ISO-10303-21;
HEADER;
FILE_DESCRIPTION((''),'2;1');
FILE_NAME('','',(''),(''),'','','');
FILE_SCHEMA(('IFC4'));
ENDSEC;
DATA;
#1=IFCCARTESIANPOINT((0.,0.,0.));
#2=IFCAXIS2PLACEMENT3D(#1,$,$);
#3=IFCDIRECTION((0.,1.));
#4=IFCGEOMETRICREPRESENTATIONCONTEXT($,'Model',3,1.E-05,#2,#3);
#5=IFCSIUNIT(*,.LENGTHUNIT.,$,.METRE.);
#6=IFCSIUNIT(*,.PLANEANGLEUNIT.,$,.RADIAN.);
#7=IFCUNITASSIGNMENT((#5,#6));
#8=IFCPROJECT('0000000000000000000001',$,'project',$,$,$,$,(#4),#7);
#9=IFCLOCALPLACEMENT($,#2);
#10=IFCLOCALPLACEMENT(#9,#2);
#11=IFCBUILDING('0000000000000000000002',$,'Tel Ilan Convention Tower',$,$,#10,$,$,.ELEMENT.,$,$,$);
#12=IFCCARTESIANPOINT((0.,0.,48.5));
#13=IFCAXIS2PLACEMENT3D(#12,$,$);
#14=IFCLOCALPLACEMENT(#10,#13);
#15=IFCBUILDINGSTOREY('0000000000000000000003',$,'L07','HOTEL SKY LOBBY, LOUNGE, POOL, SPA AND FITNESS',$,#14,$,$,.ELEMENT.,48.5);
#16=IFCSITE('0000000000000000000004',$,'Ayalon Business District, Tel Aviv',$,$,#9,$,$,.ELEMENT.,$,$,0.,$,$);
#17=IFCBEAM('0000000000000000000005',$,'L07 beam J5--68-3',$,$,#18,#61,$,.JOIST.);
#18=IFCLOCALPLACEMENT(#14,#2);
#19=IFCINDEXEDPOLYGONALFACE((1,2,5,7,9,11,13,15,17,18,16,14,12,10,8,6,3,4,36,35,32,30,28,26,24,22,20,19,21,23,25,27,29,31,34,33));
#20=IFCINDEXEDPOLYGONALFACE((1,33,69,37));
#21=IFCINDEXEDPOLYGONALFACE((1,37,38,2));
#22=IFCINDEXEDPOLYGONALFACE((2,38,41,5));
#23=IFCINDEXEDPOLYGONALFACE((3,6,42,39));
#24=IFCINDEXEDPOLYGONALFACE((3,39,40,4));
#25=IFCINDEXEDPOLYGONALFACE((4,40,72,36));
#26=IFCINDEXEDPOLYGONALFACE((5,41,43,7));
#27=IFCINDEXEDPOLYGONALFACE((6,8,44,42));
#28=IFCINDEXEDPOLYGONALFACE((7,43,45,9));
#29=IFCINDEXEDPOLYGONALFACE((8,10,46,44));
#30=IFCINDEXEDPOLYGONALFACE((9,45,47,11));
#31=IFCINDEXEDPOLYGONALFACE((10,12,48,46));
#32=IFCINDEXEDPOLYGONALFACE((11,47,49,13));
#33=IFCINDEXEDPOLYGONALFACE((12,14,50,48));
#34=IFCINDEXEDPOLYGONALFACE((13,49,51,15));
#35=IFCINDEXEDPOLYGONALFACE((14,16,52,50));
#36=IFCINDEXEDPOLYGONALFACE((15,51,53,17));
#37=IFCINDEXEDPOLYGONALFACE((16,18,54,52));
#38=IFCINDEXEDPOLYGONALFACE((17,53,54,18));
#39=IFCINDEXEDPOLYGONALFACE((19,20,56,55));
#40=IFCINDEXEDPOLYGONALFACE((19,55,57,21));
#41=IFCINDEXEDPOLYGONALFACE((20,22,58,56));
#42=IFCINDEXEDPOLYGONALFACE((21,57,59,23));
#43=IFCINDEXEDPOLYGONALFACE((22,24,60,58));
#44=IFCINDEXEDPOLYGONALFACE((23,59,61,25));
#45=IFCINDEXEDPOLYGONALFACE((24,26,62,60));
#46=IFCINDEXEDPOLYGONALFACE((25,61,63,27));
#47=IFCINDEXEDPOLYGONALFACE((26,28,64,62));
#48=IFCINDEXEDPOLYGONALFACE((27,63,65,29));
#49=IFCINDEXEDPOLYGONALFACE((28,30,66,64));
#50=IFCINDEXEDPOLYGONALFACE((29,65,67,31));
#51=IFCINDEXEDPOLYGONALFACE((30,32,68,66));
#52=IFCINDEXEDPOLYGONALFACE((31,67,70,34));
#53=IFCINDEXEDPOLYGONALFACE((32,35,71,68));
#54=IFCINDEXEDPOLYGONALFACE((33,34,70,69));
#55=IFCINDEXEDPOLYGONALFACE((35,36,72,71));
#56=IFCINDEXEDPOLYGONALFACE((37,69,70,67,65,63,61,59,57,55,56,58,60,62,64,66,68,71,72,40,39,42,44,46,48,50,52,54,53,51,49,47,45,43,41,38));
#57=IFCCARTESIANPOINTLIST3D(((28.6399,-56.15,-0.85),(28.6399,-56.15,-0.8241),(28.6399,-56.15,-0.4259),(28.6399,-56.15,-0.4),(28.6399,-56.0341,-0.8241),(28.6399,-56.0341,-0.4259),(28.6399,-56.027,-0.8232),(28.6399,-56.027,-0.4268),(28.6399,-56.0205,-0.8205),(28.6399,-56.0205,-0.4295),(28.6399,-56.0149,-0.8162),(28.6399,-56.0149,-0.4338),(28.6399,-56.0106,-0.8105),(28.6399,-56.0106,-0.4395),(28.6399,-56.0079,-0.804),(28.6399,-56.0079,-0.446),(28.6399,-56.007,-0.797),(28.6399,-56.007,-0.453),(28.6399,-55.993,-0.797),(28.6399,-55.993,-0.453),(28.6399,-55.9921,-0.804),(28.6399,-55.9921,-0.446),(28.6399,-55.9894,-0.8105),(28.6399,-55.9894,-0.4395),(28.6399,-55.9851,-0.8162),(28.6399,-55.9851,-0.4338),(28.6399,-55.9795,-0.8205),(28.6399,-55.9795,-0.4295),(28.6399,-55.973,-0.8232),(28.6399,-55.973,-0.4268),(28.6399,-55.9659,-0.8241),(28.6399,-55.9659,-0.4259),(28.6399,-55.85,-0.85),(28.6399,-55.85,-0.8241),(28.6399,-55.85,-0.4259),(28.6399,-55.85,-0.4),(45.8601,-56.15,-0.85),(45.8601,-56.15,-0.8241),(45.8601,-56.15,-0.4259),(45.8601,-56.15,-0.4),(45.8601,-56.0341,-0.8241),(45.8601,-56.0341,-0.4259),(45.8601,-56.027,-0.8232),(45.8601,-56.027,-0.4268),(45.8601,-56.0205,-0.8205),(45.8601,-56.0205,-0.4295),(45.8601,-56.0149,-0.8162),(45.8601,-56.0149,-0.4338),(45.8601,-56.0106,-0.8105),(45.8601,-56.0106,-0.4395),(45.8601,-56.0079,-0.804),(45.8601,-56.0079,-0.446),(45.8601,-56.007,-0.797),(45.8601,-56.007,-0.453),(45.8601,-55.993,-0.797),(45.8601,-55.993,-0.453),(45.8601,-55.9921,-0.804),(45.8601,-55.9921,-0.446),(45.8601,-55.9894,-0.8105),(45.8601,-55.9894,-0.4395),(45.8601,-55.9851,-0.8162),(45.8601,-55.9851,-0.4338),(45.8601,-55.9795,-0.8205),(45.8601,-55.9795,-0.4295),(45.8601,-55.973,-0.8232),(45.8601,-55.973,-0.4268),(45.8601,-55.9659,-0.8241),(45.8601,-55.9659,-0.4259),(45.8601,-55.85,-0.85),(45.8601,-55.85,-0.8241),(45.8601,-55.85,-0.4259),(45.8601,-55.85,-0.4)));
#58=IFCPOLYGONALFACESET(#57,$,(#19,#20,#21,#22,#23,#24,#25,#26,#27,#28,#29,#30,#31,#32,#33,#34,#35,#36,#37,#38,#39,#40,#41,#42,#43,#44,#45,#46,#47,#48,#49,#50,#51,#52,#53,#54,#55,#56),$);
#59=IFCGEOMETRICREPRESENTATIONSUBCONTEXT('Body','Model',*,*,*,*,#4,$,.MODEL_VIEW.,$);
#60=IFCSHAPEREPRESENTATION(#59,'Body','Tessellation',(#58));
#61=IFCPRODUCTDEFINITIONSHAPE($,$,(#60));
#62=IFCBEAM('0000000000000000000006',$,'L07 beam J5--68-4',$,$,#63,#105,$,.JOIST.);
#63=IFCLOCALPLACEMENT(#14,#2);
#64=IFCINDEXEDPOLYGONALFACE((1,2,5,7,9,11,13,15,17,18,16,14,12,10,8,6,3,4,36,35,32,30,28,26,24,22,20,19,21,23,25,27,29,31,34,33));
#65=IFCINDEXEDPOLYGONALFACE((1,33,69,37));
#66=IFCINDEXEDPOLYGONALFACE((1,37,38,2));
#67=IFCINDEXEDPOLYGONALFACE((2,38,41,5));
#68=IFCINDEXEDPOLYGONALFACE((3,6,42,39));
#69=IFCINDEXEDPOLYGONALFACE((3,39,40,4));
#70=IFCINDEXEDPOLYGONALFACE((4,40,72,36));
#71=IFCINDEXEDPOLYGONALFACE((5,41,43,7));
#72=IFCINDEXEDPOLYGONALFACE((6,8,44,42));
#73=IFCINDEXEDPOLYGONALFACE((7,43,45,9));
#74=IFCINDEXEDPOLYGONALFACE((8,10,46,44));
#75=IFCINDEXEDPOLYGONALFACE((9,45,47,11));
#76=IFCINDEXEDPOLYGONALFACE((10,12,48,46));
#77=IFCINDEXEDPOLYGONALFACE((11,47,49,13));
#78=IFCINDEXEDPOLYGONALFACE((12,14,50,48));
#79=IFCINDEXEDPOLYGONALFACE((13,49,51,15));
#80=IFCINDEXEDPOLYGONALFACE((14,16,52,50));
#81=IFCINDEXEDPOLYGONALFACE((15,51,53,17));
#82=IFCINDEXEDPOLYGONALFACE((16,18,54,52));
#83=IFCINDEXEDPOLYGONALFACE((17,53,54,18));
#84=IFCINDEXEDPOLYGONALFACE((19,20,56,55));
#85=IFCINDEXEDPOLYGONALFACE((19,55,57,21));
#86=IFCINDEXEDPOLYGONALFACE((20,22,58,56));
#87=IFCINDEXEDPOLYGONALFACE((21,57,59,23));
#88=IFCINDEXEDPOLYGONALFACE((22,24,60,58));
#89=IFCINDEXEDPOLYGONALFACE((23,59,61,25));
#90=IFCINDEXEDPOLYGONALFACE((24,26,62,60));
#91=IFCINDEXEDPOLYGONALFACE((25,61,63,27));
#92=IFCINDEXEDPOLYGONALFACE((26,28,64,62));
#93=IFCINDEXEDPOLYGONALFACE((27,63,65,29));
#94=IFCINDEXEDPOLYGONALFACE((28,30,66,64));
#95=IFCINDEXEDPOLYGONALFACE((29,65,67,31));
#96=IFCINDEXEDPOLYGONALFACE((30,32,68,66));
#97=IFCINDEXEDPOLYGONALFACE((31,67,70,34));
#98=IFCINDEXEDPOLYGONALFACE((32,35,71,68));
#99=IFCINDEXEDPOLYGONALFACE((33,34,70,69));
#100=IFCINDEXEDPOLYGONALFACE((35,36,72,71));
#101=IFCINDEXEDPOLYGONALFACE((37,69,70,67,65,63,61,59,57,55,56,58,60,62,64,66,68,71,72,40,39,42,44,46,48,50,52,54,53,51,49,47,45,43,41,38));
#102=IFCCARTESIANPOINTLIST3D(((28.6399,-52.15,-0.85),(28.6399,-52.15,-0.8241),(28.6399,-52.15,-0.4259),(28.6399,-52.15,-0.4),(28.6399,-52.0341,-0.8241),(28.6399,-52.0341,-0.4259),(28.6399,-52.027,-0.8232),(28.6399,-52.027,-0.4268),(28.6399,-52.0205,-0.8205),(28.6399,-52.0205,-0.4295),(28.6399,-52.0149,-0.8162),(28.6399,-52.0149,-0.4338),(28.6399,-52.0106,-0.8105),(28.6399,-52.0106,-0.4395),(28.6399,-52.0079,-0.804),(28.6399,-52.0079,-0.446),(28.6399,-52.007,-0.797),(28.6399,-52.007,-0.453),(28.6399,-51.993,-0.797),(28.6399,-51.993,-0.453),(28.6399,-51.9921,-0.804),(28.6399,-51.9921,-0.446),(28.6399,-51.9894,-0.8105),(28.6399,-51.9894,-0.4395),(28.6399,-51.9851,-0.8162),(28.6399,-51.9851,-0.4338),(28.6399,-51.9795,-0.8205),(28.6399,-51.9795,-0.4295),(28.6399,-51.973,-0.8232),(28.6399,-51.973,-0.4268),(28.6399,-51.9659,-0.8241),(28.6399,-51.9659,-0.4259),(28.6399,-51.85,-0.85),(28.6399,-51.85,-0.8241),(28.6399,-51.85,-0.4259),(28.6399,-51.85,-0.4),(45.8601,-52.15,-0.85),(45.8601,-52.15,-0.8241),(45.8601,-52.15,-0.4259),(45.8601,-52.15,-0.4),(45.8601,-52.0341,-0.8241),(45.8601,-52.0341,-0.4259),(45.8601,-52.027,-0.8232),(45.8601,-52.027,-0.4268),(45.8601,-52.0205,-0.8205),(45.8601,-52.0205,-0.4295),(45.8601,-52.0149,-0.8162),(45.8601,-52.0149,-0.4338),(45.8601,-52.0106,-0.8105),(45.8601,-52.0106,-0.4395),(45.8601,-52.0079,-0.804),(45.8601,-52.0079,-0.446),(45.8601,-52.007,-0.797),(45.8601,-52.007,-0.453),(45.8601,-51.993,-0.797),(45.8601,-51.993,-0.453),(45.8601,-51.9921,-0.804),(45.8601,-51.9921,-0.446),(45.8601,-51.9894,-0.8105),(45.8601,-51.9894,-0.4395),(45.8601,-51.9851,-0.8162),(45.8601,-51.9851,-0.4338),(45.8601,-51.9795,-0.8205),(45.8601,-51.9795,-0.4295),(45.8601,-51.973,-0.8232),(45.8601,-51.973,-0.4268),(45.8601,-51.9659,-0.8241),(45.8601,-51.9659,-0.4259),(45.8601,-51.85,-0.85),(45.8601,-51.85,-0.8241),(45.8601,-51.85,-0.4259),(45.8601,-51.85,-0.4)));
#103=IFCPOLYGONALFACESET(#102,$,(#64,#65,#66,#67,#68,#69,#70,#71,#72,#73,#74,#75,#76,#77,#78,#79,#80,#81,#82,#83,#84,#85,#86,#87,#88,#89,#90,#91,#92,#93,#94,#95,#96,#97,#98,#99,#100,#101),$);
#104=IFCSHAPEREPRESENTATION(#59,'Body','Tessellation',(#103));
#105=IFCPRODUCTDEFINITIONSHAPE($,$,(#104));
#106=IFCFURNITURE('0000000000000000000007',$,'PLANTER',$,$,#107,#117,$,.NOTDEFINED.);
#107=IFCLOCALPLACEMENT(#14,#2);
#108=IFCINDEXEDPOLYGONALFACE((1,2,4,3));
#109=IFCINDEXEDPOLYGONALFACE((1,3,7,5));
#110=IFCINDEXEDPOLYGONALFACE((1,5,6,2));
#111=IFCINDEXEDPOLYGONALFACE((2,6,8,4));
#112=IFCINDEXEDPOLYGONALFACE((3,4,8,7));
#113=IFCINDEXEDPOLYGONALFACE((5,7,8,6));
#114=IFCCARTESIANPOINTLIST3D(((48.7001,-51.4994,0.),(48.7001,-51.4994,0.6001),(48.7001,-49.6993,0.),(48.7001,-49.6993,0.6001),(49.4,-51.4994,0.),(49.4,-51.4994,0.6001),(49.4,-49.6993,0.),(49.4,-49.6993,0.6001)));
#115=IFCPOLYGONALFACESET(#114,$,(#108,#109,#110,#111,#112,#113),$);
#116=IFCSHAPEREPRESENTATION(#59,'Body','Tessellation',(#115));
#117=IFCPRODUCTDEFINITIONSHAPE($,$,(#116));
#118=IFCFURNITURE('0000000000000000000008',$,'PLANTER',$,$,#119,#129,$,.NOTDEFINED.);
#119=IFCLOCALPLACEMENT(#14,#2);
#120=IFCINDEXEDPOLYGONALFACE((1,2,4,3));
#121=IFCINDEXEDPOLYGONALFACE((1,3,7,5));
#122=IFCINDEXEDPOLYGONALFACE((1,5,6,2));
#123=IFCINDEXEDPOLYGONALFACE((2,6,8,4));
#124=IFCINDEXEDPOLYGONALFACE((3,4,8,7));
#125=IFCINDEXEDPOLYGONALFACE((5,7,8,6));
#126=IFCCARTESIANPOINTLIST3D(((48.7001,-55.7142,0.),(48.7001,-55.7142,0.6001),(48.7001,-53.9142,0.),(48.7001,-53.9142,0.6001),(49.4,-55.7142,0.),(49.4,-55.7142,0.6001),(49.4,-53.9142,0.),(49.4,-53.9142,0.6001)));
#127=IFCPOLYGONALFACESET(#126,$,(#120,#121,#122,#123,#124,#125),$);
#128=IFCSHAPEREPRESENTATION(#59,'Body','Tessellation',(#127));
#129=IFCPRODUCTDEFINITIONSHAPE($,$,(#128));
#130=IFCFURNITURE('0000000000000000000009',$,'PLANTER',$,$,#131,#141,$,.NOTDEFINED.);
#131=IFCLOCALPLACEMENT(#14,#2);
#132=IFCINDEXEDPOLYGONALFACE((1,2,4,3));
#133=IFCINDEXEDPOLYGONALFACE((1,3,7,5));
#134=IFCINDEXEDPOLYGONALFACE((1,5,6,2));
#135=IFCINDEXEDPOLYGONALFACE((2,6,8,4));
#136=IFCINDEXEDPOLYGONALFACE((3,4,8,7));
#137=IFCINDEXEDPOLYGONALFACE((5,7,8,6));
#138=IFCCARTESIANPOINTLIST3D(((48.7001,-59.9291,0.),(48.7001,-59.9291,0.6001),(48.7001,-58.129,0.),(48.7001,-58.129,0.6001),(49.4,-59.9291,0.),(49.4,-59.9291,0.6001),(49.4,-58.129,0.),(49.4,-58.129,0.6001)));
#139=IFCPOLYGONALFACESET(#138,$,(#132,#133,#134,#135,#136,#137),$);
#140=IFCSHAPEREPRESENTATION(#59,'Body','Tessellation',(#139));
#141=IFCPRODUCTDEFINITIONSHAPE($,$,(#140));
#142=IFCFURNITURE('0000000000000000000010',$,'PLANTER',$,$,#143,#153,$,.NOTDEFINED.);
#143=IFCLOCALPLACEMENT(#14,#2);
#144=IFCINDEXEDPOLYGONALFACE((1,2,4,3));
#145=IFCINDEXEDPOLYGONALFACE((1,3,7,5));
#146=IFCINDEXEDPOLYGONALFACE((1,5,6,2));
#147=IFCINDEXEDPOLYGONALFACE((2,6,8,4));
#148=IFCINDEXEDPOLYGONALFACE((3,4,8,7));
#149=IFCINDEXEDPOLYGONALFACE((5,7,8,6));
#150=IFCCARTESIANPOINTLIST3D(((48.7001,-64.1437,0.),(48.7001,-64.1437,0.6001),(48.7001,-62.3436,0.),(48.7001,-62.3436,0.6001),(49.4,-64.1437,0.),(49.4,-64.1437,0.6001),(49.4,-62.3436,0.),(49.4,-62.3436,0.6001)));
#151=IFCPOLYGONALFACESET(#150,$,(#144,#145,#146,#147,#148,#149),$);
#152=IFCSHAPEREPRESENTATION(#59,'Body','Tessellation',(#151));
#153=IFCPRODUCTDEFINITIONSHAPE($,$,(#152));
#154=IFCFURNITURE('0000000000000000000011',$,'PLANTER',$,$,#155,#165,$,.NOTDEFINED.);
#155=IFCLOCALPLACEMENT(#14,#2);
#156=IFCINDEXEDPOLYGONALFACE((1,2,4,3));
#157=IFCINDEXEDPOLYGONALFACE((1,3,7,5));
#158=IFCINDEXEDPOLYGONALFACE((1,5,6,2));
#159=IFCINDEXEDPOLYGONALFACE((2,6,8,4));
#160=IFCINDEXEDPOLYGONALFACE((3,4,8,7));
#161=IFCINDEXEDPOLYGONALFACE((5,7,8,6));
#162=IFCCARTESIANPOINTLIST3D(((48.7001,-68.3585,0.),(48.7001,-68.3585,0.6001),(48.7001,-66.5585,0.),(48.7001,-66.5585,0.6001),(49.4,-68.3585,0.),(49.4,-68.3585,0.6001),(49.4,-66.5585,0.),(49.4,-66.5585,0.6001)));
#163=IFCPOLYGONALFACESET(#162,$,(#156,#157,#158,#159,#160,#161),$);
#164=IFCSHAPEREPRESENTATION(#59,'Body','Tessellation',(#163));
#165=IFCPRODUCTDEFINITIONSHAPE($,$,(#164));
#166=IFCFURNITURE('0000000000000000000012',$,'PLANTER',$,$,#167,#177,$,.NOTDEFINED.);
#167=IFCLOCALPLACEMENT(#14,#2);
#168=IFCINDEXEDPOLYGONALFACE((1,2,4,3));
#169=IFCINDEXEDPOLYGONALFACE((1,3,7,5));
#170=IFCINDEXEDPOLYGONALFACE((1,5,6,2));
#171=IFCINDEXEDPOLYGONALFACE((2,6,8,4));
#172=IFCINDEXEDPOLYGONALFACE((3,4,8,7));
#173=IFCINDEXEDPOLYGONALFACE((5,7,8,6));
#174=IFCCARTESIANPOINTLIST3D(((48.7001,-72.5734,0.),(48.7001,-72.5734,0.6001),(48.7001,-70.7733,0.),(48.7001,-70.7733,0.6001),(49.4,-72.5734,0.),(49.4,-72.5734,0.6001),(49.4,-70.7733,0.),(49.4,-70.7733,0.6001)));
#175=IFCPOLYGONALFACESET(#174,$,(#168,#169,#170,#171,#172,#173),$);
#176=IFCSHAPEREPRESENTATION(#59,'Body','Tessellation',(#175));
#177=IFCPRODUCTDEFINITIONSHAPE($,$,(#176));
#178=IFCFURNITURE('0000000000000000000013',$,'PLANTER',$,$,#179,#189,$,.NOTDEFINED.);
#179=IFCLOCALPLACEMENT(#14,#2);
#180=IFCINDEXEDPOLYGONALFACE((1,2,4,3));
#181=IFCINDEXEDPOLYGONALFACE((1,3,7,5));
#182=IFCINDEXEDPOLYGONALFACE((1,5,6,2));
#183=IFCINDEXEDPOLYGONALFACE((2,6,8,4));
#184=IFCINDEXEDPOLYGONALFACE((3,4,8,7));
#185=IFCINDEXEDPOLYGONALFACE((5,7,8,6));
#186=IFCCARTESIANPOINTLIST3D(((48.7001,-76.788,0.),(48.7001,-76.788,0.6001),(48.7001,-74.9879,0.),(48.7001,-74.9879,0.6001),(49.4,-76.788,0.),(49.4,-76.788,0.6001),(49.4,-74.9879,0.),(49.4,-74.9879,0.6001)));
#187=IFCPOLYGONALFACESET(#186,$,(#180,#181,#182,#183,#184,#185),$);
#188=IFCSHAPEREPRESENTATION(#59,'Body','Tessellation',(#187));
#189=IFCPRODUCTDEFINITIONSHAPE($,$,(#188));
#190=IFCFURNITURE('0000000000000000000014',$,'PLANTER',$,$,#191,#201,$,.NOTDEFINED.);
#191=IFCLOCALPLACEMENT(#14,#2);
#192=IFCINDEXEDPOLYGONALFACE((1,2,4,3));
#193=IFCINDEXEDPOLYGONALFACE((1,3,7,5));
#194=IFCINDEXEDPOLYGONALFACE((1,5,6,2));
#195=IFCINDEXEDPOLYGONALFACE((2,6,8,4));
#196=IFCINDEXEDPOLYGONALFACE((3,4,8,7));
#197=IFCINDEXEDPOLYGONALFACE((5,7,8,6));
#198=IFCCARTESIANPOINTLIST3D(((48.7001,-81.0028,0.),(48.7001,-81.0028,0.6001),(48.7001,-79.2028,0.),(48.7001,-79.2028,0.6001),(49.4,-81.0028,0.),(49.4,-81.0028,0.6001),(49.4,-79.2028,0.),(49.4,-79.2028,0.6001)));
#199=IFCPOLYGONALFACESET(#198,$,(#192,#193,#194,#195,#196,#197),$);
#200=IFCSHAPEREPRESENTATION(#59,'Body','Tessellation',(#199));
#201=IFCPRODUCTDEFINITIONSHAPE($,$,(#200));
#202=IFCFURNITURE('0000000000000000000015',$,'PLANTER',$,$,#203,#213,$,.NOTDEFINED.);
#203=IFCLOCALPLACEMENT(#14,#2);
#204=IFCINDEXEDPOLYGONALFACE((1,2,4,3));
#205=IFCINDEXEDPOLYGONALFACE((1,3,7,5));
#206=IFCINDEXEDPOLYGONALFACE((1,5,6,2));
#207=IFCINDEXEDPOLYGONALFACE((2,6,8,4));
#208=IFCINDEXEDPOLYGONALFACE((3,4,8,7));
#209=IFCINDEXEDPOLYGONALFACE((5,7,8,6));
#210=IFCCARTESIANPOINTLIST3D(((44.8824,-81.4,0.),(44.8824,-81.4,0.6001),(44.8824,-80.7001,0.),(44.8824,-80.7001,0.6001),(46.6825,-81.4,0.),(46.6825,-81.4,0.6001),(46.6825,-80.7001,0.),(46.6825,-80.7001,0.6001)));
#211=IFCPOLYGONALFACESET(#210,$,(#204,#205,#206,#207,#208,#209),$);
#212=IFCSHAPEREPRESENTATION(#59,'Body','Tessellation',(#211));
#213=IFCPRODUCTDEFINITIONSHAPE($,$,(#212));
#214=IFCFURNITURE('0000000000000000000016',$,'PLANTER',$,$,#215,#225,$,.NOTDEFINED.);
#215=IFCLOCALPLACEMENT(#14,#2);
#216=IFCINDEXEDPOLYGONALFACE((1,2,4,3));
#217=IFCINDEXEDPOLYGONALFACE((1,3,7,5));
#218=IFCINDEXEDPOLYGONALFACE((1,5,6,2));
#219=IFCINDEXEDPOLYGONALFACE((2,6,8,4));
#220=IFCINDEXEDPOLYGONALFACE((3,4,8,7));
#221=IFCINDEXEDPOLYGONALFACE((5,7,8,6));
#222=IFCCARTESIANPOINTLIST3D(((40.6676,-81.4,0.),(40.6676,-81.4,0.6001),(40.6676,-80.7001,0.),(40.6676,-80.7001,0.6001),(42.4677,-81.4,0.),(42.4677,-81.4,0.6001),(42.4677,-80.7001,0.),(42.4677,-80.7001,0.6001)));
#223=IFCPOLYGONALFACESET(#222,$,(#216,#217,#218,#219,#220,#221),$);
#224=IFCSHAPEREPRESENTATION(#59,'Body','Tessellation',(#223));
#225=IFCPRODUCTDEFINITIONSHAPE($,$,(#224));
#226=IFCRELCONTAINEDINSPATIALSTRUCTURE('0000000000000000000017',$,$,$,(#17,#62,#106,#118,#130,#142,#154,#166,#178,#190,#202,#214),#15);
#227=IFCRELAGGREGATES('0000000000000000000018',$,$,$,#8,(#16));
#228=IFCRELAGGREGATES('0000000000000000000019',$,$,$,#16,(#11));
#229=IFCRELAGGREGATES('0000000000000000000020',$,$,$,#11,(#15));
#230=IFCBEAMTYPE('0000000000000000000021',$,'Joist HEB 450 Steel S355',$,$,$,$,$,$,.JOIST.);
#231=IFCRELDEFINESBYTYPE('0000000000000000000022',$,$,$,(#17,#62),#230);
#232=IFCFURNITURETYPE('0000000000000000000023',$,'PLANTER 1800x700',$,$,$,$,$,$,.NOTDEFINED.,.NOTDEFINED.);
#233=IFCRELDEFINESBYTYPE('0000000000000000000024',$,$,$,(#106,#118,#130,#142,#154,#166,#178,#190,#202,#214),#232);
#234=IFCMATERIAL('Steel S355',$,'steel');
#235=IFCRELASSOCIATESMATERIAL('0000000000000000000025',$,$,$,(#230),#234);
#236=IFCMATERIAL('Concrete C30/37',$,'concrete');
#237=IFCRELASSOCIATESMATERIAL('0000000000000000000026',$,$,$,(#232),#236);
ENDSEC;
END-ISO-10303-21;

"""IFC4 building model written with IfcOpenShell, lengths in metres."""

from ifc_helpers import new_model, si_unit, direction, frame, origin, origin_2d, place, context, subcontext, project, spatial, rectangle, i_section, extrude, material, material_profile, profile_set, type_object, element, save


model = new_model("IFC4")

# Units and contexts
model_context = context("Model", 3, precision=1e-05, world=origin(), true_north=direction((0.0, 1.0)))
body_context = subcontext(model_context, "Body", "Model", "MODEL_VIEW")
ifc_project = project(units=[si_unit("LENGTHUNIT", "METRE"), si_unit("PLANEANGLEUNIT", "RADIAN")], contexts=[model_context])

# Site, building, storey
site_placement = place(None, origin())
site = spatial("IfcSite", under=ifc_project, at=site_placement, Name="Ayalon Business District, Tel Aviv", CompositionType="ELEMENT", RefElevation=0.0)
building_placement = place(site_placement, origin())
building = spatial("IfcBuilding", under=site, at=building_placement, Name="Tel Ilan Convention Tower", CompositionType="ELEMENT")
storey_placement = place(building_placement, frame((0.0, 0.0, 48.5)))
storey = spatial("IfcBuildingStorey", under=building, at=storey_placement, Name="L07", Description="HOTEL SKY LOBBY, LOUNGE, POOL, SPA AND FITNESS", CompositionType="ELEMENT", Elevation=48.5)

# Beams
ifc_material_1 = material(Name="Steel S355", Category="steel")
ifc_material_profile_1 = material_profile(ifc_material_1, i_section(OverallWidth=0.3, OverallDepth=0.45, WebThickness=0.0139, FlangeThickness=0.0259, FilletRadius=0.0271, at=origin_2d()), Name="HEB 450")
ifc_profile_set_1 = profile_set([ifc_material_profile_1], Name="Steel S355")
beam_type_1 = type_object("IfcBeamType", Name="Joist HEB 450 Steel S355", PredefinedType="JOIST", material=ifc_profile_set_1)
for number, where, z_axis, x_axis, name in (
    (1, (28.6399, -56.0, -0.625), (1.0, 0.0, 0.0), (0.0, 1.0, 0.0), "L07 beam J5--68-3"),
    (2, (28.6399, -52.0, -0.625), (1.0, 0.0, 0.0), (0.0, 1.0, 0.0), "L07 beam J5--68-4"),
):
    element("IfcBeam", number, at=place(storey_placement, frame(where, z_axis=z_axis, x_axis=x_axis)), inside=storey, type_object=beam_type_1, Name=name, PredefinedType="JOIST", context=body_context, shape_type="SweptSolid", body=[
        extrude(i_section(OverallWidth=0.3, OverallDepth=0.45, WebThickness=0.0139, FlangeThickness=0.0259, FilletRadius=0.0271, at=origin_2d()), origin(), (0.0, 0.0, 1.0), 17.2202),
    ])

# Furniture
ifc_material_2 = material(Name="Concrete C30/37", Category="concrete")
furniture_type = type_object("IfcFurnitureType", Name="PLANTER 1800x700", AssemblyPlace="NOTDEFINED", PredefinedType="NOTDEFINED", material=ifc_material_2)
for number, where, z_axis, x_axis, name in (
    (3, (49.05, -50.5994, 0.0), (0.0, 0.0, 1.0), (0.0, -1.0, 0.0), "PLANTER"),
    (4, (49.05, -54.8142, 0.0), (0.0, 0.0, 1.0), (0.0, -1.0, 0.0), "PLANTER"),
    (5, (49.05, -59.0291, 0.0), (0.0, 0.0, 1.0), (0.0, -1.0, 0.0), "PLANTER"),
    (6, (49.05, -63.2437, 0.0), (0.0, 0.0, 1.0), (0.0, -1.0, 0.0), "PLANTER"),
    (7, (49.05, -67.4585, 0.0), (0.0, 0.0, 1.0), (0.0, -1.0, 0.0), "PLANTER"),
    (8, (49.05, -71.6733, 0.0), (0.0, 0.0, 1.0), (0.0, -1.0, 0.0), "PLANTER"),
    (9, (49.05, -75.8879, 0.0), (0.0, 0.0, 1.0), (0.0, -1.0, 0.0), "PLANTER"),
    (10, (49.05, -80.1028, 0.0), (0.0, 0.0, 1.0), (0.0, -1.0, 0.0), "PLANTER"),
    (11, (45.7825, -81.05, 0.0), (0.0, 0.0, 1.0), (-1.0, 0.0, 0.0), "PLANTER"),
    (12, (41.5676, -81.05, 0.0), (0.0, 0.0, 1.0), (-1.0, 0.0, 0.0), "PLANTER"),
):
    element("IfcFurniture", number, at=place(storey_placement, frame(where, z_axis=z_axis, x_axis=x_axis)), inside=storey, type_object=furniture_type, Name=name, PredefinedType="NOTDEFINED", context=body_context, shape_type="SweptSolid", body=[
        extrude(rectangle(XDim=1.8, YDim=0.7, at=origin_2d()), origin(), (0.0, 0.0, 1.0), 0.6001),
    ])

save(model, "model.ifc")
